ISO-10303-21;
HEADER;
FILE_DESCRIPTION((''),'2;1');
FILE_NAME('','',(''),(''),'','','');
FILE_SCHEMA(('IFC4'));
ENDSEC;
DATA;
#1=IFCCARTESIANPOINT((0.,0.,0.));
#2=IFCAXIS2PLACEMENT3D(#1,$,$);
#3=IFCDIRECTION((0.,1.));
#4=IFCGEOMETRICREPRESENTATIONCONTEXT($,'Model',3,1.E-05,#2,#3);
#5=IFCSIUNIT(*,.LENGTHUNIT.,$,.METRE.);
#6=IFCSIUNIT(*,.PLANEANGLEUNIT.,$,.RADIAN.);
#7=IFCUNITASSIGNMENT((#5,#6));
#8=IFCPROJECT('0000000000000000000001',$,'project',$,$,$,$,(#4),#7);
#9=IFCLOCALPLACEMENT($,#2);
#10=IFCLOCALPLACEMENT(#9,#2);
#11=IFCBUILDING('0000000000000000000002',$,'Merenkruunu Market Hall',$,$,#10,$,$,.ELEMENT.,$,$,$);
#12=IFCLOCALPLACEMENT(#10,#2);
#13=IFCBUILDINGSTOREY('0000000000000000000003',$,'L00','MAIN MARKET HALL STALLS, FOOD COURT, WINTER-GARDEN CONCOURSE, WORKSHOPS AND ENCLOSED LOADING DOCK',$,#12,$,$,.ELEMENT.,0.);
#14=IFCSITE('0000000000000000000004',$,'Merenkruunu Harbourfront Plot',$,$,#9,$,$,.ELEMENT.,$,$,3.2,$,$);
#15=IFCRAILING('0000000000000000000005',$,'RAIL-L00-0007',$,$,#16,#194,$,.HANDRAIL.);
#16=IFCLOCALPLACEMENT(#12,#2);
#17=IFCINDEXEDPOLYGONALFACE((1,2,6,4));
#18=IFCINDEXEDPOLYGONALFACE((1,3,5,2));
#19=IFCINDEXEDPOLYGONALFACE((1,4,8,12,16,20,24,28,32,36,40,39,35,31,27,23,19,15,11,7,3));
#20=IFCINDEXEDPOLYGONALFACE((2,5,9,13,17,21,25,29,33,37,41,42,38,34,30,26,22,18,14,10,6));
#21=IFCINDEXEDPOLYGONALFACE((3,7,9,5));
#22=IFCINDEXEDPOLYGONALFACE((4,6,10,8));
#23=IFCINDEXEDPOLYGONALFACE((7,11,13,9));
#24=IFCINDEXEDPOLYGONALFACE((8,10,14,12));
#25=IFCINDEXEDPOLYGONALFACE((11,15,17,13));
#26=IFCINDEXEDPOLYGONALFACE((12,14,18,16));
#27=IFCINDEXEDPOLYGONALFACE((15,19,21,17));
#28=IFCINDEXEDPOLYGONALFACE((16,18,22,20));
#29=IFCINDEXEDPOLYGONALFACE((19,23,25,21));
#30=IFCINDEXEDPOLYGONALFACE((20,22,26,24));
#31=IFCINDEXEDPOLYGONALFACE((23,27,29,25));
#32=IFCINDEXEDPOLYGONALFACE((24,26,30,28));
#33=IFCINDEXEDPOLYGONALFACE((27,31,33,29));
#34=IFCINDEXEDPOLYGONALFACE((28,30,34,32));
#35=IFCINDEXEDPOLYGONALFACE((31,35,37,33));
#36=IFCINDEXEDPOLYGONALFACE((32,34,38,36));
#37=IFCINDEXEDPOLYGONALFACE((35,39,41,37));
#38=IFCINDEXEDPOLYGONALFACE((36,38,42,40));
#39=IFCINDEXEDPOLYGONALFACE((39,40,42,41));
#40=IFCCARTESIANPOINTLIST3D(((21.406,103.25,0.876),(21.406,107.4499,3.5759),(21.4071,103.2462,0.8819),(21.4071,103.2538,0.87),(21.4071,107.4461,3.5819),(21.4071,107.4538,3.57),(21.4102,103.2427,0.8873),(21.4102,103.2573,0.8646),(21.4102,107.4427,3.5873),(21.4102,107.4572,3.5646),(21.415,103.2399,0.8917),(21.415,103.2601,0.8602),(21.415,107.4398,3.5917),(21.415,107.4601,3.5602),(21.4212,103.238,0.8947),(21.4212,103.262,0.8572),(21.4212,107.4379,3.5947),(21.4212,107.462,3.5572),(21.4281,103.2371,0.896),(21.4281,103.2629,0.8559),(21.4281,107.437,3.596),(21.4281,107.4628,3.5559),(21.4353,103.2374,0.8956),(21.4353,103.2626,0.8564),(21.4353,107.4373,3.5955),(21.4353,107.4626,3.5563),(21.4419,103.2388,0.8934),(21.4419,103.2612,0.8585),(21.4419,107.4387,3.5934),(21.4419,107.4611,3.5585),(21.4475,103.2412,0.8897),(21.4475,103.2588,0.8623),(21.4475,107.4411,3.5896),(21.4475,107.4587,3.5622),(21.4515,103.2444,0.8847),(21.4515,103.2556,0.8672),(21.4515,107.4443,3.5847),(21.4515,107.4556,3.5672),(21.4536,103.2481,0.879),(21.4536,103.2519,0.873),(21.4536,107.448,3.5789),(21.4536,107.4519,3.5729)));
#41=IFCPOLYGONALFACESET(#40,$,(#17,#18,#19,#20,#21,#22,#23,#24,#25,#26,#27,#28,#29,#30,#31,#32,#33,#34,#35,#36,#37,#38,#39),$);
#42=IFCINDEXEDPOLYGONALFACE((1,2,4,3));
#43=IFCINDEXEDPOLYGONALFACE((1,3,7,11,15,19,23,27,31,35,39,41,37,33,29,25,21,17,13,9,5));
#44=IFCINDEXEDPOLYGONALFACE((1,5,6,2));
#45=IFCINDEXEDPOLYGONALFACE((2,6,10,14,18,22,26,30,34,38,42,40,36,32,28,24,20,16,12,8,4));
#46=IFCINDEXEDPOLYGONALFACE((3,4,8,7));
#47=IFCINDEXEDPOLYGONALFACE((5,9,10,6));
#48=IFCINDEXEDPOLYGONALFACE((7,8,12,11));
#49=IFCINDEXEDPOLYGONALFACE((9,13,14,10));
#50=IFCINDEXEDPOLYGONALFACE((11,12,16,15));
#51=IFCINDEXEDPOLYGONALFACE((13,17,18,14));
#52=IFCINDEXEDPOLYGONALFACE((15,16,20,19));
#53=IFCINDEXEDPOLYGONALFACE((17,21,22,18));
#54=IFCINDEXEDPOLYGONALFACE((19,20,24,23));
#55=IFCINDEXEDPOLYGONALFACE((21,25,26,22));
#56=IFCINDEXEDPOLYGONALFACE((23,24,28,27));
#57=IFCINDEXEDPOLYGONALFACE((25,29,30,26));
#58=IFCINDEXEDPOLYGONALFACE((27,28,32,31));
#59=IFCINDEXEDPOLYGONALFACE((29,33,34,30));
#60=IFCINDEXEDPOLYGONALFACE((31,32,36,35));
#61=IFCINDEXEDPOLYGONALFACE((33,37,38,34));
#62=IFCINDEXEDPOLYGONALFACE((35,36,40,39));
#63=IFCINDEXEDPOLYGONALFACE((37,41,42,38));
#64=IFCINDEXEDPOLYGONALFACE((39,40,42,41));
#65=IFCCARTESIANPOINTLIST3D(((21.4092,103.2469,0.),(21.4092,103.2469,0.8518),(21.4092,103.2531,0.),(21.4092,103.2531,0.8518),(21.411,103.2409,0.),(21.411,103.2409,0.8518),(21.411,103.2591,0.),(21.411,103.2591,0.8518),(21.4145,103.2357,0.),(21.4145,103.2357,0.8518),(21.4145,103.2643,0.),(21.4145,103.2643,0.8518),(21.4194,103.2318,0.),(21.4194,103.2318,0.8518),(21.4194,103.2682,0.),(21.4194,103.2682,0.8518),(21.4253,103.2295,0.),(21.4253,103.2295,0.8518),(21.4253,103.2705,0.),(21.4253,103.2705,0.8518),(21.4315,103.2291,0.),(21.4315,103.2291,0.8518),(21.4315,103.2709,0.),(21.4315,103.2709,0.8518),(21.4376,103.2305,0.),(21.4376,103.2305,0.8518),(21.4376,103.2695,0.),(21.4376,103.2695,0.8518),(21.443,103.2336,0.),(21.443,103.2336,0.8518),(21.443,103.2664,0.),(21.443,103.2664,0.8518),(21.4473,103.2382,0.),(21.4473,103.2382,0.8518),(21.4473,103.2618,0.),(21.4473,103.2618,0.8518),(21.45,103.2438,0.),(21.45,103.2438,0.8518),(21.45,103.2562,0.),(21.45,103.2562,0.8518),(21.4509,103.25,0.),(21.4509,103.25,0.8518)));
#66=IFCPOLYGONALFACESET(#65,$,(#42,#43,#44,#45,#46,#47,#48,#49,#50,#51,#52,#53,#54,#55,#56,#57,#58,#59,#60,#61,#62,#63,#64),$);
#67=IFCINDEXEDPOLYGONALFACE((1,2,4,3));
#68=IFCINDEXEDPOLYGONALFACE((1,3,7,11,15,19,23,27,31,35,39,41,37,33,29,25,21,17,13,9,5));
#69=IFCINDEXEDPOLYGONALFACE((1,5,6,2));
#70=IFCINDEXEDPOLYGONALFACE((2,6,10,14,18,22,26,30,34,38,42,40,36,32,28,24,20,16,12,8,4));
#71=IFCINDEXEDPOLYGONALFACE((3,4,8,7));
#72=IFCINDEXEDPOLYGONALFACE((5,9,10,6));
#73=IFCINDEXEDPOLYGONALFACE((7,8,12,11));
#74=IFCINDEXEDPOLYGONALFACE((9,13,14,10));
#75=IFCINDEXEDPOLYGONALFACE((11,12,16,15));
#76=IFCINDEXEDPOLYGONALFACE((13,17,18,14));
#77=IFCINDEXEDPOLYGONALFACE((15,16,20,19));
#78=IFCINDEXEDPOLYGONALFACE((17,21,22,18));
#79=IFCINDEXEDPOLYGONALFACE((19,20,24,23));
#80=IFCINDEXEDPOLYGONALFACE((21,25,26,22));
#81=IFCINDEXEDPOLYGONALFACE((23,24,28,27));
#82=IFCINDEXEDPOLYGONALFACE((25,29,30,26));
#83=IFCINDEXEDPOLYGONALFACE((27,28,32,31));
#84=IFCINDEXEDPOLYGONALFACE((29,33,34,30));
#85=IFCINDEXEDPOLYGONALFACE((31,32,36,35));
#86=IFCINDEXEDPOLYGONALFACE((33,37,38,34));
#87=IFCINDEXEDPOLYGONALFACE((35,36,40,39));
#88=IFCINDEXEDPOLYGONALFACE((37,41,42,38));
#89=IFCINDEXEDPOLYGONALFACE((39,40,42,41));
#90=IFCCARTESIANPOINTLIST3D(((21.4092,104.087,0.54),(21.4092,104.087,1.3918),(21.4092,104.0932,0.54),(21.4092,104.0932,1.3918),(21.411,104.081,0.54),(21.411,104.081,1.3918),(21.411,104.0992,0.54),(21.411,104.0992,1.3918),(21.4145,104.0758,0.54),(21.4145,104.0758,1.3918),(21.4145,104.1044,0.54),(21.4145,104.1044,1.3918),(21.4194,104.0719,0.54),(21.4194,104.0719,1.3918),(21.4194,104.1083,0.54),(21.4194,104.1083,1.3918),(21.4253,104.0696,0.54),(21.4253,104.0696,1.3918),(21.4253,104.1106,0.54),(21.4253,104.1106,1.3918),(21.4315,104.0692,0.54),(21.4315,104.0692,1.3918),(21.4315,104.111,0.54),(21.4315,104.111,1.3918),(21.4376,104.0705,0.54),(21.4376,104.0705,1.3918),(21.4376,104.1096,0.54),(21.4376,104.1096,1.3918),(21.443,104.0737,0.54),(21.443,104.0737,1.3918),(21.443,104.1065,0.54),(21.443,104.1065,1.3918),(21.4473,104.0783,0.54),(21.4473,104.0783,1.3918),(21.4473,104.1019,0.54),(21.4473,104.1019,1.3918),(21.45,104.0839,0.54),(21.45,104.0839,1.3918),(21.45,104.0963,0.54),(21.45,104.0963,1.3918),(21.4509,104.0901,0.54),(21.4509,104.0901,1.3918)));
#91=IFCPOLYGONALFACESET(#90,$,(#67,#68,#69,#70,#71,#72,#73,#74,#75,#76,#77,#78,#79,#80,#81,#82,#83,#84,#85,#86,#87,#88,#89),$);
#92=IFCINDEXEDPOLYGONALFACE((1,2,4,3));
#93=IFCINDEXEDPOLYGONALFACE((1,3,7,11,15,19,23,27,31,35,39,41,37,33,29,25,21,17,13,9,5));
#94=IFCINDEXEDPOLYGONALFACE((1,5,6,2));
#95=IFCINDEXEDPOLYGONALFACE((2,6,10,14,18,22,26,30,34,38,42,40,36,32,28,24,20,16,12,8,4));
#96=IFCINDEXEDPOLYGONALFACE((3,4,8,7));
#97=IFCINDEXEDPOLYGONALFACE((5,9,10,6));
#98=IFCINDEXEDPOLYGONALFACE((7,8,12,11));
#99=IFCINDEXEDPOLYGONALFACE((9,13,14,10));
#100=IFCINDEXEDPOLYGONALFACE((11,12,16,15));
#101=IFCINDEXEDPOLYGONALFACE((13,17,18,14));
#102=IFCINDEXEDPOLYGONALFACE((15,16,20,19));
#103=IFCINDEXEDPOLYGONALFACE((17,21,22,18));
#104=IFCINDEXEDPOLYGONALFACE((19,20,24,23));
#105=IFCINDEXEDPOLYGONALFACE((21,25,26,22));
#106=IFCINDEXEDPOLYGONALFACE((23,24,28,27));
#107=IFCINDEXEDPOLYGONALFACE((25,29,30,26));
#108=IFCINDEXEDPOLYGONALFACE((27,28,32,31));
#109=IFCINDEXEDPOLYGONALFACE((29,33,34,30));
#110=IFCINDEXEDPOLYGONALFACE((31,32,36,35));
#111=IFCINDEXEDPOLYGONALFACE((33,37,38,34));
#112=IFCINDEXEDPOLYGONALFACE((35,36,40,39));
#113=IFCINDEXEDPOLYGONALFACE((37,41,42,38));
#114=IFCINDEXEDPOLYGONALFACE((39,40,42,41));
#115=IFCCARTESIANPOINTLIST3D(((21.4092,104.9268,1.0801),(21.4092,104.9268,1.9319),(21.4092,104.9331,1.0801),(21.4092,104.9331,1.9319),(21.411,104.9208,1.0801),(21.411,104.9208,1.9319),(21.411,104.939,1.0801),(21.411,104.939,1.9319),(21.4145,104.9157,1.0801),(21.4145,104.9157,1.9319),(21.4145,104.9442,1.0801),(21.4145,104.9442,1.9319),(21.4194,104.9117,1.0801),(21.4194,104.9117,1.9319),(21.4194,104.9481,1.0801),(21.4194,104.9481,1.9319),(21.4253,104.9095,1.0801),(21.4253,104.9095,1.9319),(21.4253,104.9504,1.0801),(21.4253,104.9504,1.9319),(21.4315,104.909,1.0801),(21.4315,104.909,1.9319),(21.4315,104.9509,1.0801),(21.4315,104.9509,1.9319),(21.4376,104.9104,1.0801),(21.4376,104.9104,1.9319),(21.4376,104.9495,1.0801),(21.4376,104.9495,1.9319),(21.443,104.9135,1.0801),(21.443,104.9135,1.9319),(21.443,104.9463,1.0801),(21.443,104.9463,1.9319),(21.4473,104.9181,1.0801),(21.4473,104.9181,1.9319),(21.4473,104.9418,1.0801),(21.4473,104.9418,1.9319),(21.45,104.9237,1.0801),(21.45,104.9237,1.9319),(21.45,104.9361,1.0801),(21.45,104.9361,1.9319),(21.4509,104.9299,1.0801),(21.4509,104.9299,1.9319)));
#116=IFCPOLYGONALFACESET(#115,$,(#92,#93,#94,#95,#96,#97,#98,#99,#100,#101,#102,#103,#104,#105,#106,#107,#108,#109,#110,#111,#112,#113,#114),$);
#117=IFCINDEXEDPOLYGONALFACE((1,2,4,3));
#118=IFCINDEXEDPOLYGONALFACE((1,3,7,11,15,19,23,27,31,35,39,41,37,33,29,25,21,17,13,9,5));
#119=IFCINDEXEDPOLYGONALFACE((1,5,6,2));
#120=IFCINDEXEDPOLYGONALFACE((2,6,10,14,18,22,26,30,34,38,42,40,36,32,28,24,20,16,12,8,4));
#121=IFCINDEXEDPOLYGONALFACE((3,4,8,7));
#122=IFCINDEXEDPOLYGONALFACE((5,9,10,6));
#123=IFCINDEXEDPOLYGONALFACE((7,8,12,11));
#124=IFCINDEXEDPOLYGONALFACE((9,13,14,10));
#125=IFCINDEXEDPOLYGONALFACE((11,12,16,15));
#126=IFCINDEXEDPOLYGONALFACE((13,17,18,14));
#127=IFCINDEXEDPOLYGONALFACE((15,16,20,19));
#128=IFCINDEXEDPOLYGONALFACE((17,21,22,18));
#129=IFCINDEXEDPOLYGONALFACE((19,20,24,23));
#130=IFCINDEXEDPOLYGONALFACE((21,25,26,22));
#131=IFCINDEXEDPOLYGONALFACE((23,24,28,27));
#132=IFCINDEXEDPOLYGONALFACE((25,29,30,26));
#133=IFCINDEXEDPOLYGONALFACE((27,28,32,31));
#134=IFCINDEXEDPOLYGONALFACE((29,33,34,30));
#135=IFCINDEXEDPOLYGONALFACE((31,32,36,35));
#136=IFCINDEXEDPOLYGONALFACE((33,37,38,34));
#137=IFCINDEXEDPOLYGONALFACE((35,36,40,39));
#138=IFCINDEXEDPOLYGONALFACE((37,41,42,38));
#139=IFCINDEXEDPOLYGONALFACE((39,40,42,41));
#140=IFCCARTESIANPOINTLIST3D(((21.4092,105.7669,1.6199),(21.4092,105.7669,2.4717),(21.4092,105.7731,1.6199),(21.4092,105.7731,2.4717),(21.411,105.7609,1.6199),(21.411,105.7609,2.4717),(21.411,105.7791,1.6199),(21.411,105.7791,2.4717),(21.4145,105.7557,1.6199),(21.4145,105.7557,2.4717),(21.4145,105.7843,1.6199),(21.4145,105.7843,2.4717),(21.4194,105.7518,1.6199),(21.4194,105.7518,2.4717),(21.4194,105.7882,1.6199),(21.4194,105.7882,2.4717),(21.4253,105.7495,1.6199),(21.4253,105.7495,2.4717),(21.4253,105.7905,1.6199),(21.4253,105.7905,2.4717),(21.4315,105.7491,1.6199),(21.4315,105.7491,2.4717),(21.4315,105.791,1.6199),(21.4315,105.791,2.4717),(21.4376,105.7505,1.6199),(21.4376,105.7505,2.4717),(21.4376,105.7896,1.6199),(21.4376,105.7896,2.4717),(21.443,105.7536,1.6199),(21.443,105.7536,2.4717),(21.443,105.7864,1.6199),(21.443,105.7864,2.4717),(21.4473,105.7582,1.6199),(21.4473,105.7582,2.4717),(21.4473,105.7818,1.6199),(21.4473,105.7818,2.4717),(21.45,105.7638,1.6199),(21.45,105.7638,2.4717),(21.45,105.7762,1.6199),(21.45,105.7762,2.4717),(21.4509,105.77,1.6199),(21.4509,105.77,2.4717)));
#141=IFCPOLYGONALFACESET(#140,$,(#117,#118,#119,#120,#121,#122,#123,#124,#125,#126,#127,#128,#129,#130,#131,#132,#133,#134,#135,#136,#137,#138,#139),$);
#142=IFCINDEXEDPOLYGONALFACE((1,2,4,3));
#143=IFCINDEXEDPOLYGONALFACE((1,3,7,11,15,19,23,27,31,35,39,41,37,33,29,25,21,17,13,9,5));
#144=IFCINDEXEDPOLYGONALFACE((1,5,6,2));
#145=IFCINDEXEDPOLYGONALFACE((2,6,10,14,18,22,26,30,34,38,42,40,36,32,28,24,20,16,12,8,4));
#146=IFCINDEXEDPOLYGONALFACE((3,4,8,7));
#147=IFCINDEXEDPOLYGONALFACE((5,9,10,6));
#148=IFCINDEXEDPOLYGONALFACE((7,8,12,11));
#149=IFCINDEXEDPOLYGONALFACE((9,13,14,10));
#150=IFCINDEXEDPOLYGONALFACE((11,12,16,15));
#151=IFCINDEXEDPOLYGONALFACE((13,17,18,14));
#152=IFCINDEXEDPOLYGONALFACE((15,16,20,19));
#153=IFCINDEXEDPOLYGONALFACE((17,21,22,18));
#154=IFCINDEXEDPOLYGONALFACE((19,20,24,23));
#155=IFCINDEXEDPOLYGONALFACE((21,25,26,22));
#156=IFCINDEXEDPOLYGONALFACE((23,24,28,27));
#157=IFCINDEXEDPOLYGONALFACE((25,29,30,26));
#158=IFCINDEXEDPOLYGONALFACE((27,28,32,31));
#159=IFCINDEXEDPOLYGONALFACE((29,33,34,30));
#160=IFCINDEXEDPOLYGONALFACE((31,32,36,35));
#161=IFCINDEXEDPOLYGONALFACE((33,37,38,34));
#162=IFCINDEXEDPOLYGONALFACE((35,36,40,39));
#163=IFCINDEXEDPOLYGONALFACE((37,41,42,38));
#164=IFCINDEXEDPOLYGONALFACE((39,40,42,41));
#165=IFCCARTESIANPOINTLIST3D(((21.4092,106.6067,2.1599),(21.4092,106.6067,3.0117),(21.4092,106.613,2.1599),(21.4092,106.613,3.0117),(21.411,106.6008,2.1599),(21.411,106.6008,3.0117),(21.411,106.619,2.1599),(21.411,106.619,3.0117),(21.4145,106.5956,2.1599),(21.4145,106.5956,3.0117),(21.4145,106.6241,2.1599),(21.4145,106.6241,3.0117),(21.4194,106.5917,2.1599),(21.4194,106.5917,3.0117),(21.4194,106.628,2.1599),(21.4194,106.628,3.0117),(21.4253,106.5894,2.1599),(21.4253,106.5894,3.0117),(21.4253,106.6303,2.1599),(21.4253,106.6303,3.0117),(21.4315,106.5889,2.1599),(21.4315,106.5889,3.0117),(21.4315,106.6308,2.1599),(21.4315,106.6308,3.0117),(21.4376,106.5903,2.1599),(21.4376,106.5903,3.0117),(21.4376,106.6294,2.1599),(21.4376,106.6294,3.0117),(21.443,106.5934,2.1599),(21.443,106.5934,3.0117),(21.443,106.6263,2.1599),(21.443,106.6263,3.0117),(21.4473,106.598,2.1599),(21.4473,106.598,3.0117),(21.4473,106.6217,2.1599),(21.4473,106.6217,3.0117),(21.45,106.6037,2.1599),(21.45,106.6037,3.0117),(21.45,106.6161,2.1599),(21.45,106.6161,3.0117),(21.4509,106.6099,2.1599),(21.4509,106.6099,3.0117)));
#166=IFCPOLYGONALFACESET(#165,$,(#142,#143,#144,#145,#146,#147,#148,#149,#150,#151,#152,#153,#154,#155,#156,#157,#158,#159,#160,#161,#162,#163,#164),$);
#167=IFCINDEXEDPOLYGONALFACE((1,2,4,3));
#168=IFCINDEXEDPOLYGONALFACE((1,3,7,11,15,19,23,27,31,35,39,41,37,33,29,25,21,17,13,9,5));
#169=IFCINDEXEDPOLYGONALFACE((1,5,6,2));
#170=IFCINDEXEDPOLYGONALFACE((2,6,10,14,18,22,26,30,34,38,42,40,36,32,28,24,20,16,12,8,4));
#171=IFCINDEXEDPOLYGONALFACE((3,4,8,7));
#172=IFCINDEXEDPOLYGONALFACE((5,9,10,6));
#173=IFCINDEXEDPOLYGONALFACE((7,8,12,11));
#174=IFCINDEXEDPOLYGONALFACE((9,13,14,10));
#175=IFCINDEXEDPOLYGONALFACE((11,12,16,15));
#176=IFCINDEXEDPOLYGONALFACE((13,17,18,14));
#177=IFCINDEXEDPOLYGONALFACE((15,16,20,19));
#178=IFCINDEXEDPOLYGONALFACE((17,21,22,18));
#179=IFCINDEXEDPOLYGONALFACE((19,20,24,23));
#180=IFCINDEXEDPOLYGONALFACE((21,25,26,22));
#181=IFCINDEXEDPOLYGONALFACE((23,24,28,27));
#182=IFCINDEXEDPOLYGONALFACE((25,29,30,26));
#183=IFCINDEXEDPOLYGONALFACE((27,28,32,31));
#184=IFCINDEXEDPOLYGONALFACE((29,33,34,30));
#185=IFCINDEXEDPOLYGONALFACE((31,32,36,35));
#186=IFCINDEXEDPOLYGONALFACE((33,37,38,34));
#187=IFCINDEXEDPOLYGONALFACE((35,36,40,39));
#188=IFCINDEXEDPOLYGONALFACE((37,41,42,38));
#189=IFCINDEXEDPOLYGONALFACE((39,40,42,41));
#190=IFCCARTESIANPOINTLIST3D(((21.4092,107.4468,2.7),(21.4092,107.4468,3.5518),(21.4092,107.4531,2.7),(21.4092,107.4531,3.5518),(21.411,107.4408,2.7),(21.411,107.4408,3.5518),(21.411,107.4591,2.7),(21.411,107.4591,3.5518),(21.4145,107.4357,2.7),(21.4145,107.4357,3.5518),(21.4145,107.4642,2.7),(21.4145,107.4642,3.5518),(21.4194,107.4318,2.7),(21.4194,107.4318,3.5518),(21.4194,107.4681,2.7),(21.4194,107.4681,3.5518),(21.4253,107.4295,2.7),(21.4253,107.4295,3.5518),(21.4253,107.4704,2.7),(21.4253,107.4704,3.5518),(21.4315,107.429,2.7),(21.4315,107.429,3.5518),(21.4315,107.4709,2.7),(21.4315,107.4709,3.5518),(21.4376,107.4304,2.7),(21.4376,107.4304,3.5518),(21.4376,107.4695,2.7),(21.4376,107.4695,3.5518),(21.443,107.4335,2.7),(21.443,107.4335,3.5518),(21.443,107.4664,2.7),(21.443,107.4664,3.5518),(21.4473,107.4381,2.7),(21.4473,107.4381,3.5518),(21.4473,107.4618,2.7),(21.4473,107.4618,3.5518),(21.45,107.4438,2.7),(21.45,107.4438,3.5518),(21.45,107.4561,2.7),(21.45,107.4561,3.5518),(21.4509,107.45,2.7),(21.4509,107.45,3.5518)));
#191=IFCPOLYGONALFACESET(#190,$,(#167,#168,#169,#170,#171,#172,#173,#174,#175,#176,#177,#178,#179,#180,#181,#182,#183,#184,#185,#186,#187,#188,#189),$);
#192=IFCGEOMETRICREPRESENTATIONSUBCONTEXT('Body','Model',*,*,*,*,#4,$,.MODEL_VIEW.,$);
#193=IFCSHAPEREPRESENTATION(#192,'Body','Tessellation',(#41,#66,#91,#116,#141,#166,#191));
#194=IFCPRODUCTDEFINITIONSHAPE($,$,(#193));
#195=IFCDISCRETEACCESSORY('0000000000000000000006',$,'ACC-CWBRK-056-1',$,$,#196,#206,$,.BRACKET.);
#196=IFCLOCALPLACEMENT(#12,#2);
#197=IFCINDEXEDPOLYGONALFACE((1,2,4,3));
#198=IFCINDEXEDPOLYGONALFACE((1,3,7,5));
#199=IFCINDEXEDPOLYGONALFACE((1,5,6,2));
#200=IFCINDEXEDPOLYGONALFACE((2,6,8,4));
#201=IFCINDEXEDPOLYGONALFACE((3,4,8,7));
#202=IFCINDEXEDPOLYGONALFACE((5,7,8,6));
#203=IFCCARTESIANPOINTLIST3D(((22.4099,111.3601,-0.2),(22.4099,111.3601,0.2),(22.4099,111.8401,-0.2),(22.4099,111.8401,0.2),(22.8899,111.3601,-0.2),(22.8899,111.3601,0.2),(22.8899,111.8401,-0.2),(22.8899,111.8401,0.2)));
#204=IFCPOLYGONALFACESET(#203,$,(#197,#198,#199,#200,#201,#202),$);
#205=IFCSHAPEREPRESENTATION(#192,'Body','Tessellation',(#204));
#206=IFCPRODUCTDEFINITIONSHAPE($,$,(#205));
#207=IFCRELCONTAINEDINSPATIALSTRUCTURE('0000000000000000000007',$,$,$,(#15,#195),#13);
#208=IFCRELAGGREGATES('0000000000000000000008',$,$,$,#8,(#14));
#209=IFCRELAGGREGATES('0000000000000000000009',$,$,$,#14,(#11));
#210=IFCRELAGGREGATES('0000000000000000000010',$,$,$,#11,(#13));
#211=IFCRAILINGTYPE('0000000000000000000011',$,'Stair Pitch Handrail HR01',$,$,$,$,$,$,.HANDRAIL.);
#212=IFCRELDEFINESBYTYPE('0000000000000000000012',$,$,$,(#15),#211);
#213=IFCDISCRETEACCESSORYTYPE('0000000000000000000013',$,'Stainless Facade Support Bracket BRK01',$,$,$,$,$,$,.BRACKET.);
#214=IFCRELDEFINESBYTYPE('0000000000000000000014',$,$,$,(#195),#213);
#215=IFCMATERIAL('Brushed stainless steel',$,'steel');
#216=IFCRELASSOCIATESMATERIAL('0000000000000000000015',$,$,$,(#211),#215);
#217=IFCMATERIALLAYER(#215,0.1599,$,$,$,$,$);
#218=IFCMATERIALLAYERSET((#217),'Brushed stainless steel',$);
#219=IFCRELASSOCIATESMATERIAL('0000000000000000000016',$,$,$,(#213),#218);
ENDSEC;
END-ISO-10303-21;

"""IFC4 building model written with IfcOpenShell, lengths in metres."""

from ifc_helpers import new_model, si_unit, direction, frame, origin, origin_2d, place, context, subcontext, project, spatial, rectangle, circle, extrude, material, layer, layer_set, type_object, element, save


model = new_model("IFC4")

# Units and contexts
model_context = context("Model", 3, precision=1e-05, world=origin(), true_north=direction((0.0, 1.0)))
body_context = subcontext(model_context, "Body", "Model", "MODEL_VIEW")
ifc_project = project(units=[si_unit("LENGTHUNIT", "METRE"), si_unit("PLANEANGLEUNIT", "RADIAN")], contexts=[model_context])

# Site, building, storey
site_placement = place(None, origin())
site = spatial("IfcSite", under=ifc_project, at=site_placement, Name="Merenkruunu Harbourfront Plot", CompositionType="ELEMENT", RefElevation=3.2)
building_placement = place(site_placement, origin())
building = spatial("IfcBuilding", under=site, at=building_placement, Name="Merenkruunu Market Hall", CompositionType="ELEMENT")
storey_placement = place(building_placement, origin())
storey = spatial("IfcBuildingStorey", under=building, at=storey_placement, Name="L00", Description="MAIN MARKET HALL STALLS, FOOD COURT, WINTER-GARDEN CONCOURSE, WORKSHOPS AND ENCLOSED LOADING DOCK", CompositionType="ELEMENT", Elevation=0.0)

# Railing
ifc_material_1 = material(Name="Brushed stainless steel", Category="steel")
railing_type_1 = type_object("IfcRailingType", Name="Stair Pitch Handrail HR01", PredefinedType="HANDRAIL", material=ifc_material_1)
railing_1_placement = place(storey_placement, frame((21.4299, 103.25, 0.0)))
element("IfcRailing", 1, at=railing_1_placement, inside=storey, type_object=railing_type_1, Name="RAIL-L00-0007", PredefinedType="HANDRAIL", context=body_context, shape_type="SweptSolid", body=[
    extrude(circle(Radius=0.0239, at=origin_2d()), frame((0.0, 0.0, 0.876), z_axis=(0.0, 0.84118, 0.540755), x_axis=(-1.0, 0.0, 0.0)), (0.0, 0.0, 1.0), 4.9929),
    extrude(circle(Radius=0.021, at=origin_2d()), origin(), (0.0, 0.0, 1.0), 0.8518),
    extrude(circle(Radius=0.021, at=origin_2d()), frame((0.0, 0.8401, 0.54)), (0.0, 0.0, 1.0), 0.8518),
    extrude(circle(Radius=0.021, at=origin_2d()), frame((0.0, 1.6799, 1.0801)), (0.0, 0.0, 1.0), 0.8518),
    extrude(circle(Radius=0.021, at=origin_2d()), frame((0.0, 2.52, 1.6199)), (0.0, 0.0, 1.0), 0.8518),
    extrude(circle(Radius=0.021, at=origin_2d()), frame((0.0, 3.3599, 2.1599)), (0.0, 0.0, 1.0), 0.8518),
    extrude(circle(Radius=0.021, at=origin_2d()), frame((0.0, 4.2, 2.7)), (0.0, 0.0, 1.0), 0.8518),
])

# Discrete accessory
ifc_layer_1 = layer(ifc_material_1, 0.1599)
ifc_layer_set_1 = layer_set([ifc_layer_1], Name="Brushed stainless steel")
discrete_accessory_type = type_object("IfcDiscreteAccessoryType", Name="Stainless Facade Support Bracket BRK01", PredefinedType="BRACKET", material=ifc_layer_set_1)
discrete_accessory_placement = place(storey_placement, frame((22.6499, 111.6001, -0.2), z_axis=(0.0, 0.0, 1.0), x_axis=(1.0, 0.0, 0.0)))
element("IfcDiscreteAccessory", 2, at=discrete_accessory_placement, inside=storey, type_object=discrete_accessory_type, Name="ACC-CWBRK-056-1", PredefinedType="BRACKET", context=body_context, shape_type="SweptSolid", body=[
    extrude(rectangle(XDim=0.48, YDim=0.48, at=origin_2d()), origin(), (0.0, 0.0, 1.0), 0.3999),
])

save(model, "model.ifc")
